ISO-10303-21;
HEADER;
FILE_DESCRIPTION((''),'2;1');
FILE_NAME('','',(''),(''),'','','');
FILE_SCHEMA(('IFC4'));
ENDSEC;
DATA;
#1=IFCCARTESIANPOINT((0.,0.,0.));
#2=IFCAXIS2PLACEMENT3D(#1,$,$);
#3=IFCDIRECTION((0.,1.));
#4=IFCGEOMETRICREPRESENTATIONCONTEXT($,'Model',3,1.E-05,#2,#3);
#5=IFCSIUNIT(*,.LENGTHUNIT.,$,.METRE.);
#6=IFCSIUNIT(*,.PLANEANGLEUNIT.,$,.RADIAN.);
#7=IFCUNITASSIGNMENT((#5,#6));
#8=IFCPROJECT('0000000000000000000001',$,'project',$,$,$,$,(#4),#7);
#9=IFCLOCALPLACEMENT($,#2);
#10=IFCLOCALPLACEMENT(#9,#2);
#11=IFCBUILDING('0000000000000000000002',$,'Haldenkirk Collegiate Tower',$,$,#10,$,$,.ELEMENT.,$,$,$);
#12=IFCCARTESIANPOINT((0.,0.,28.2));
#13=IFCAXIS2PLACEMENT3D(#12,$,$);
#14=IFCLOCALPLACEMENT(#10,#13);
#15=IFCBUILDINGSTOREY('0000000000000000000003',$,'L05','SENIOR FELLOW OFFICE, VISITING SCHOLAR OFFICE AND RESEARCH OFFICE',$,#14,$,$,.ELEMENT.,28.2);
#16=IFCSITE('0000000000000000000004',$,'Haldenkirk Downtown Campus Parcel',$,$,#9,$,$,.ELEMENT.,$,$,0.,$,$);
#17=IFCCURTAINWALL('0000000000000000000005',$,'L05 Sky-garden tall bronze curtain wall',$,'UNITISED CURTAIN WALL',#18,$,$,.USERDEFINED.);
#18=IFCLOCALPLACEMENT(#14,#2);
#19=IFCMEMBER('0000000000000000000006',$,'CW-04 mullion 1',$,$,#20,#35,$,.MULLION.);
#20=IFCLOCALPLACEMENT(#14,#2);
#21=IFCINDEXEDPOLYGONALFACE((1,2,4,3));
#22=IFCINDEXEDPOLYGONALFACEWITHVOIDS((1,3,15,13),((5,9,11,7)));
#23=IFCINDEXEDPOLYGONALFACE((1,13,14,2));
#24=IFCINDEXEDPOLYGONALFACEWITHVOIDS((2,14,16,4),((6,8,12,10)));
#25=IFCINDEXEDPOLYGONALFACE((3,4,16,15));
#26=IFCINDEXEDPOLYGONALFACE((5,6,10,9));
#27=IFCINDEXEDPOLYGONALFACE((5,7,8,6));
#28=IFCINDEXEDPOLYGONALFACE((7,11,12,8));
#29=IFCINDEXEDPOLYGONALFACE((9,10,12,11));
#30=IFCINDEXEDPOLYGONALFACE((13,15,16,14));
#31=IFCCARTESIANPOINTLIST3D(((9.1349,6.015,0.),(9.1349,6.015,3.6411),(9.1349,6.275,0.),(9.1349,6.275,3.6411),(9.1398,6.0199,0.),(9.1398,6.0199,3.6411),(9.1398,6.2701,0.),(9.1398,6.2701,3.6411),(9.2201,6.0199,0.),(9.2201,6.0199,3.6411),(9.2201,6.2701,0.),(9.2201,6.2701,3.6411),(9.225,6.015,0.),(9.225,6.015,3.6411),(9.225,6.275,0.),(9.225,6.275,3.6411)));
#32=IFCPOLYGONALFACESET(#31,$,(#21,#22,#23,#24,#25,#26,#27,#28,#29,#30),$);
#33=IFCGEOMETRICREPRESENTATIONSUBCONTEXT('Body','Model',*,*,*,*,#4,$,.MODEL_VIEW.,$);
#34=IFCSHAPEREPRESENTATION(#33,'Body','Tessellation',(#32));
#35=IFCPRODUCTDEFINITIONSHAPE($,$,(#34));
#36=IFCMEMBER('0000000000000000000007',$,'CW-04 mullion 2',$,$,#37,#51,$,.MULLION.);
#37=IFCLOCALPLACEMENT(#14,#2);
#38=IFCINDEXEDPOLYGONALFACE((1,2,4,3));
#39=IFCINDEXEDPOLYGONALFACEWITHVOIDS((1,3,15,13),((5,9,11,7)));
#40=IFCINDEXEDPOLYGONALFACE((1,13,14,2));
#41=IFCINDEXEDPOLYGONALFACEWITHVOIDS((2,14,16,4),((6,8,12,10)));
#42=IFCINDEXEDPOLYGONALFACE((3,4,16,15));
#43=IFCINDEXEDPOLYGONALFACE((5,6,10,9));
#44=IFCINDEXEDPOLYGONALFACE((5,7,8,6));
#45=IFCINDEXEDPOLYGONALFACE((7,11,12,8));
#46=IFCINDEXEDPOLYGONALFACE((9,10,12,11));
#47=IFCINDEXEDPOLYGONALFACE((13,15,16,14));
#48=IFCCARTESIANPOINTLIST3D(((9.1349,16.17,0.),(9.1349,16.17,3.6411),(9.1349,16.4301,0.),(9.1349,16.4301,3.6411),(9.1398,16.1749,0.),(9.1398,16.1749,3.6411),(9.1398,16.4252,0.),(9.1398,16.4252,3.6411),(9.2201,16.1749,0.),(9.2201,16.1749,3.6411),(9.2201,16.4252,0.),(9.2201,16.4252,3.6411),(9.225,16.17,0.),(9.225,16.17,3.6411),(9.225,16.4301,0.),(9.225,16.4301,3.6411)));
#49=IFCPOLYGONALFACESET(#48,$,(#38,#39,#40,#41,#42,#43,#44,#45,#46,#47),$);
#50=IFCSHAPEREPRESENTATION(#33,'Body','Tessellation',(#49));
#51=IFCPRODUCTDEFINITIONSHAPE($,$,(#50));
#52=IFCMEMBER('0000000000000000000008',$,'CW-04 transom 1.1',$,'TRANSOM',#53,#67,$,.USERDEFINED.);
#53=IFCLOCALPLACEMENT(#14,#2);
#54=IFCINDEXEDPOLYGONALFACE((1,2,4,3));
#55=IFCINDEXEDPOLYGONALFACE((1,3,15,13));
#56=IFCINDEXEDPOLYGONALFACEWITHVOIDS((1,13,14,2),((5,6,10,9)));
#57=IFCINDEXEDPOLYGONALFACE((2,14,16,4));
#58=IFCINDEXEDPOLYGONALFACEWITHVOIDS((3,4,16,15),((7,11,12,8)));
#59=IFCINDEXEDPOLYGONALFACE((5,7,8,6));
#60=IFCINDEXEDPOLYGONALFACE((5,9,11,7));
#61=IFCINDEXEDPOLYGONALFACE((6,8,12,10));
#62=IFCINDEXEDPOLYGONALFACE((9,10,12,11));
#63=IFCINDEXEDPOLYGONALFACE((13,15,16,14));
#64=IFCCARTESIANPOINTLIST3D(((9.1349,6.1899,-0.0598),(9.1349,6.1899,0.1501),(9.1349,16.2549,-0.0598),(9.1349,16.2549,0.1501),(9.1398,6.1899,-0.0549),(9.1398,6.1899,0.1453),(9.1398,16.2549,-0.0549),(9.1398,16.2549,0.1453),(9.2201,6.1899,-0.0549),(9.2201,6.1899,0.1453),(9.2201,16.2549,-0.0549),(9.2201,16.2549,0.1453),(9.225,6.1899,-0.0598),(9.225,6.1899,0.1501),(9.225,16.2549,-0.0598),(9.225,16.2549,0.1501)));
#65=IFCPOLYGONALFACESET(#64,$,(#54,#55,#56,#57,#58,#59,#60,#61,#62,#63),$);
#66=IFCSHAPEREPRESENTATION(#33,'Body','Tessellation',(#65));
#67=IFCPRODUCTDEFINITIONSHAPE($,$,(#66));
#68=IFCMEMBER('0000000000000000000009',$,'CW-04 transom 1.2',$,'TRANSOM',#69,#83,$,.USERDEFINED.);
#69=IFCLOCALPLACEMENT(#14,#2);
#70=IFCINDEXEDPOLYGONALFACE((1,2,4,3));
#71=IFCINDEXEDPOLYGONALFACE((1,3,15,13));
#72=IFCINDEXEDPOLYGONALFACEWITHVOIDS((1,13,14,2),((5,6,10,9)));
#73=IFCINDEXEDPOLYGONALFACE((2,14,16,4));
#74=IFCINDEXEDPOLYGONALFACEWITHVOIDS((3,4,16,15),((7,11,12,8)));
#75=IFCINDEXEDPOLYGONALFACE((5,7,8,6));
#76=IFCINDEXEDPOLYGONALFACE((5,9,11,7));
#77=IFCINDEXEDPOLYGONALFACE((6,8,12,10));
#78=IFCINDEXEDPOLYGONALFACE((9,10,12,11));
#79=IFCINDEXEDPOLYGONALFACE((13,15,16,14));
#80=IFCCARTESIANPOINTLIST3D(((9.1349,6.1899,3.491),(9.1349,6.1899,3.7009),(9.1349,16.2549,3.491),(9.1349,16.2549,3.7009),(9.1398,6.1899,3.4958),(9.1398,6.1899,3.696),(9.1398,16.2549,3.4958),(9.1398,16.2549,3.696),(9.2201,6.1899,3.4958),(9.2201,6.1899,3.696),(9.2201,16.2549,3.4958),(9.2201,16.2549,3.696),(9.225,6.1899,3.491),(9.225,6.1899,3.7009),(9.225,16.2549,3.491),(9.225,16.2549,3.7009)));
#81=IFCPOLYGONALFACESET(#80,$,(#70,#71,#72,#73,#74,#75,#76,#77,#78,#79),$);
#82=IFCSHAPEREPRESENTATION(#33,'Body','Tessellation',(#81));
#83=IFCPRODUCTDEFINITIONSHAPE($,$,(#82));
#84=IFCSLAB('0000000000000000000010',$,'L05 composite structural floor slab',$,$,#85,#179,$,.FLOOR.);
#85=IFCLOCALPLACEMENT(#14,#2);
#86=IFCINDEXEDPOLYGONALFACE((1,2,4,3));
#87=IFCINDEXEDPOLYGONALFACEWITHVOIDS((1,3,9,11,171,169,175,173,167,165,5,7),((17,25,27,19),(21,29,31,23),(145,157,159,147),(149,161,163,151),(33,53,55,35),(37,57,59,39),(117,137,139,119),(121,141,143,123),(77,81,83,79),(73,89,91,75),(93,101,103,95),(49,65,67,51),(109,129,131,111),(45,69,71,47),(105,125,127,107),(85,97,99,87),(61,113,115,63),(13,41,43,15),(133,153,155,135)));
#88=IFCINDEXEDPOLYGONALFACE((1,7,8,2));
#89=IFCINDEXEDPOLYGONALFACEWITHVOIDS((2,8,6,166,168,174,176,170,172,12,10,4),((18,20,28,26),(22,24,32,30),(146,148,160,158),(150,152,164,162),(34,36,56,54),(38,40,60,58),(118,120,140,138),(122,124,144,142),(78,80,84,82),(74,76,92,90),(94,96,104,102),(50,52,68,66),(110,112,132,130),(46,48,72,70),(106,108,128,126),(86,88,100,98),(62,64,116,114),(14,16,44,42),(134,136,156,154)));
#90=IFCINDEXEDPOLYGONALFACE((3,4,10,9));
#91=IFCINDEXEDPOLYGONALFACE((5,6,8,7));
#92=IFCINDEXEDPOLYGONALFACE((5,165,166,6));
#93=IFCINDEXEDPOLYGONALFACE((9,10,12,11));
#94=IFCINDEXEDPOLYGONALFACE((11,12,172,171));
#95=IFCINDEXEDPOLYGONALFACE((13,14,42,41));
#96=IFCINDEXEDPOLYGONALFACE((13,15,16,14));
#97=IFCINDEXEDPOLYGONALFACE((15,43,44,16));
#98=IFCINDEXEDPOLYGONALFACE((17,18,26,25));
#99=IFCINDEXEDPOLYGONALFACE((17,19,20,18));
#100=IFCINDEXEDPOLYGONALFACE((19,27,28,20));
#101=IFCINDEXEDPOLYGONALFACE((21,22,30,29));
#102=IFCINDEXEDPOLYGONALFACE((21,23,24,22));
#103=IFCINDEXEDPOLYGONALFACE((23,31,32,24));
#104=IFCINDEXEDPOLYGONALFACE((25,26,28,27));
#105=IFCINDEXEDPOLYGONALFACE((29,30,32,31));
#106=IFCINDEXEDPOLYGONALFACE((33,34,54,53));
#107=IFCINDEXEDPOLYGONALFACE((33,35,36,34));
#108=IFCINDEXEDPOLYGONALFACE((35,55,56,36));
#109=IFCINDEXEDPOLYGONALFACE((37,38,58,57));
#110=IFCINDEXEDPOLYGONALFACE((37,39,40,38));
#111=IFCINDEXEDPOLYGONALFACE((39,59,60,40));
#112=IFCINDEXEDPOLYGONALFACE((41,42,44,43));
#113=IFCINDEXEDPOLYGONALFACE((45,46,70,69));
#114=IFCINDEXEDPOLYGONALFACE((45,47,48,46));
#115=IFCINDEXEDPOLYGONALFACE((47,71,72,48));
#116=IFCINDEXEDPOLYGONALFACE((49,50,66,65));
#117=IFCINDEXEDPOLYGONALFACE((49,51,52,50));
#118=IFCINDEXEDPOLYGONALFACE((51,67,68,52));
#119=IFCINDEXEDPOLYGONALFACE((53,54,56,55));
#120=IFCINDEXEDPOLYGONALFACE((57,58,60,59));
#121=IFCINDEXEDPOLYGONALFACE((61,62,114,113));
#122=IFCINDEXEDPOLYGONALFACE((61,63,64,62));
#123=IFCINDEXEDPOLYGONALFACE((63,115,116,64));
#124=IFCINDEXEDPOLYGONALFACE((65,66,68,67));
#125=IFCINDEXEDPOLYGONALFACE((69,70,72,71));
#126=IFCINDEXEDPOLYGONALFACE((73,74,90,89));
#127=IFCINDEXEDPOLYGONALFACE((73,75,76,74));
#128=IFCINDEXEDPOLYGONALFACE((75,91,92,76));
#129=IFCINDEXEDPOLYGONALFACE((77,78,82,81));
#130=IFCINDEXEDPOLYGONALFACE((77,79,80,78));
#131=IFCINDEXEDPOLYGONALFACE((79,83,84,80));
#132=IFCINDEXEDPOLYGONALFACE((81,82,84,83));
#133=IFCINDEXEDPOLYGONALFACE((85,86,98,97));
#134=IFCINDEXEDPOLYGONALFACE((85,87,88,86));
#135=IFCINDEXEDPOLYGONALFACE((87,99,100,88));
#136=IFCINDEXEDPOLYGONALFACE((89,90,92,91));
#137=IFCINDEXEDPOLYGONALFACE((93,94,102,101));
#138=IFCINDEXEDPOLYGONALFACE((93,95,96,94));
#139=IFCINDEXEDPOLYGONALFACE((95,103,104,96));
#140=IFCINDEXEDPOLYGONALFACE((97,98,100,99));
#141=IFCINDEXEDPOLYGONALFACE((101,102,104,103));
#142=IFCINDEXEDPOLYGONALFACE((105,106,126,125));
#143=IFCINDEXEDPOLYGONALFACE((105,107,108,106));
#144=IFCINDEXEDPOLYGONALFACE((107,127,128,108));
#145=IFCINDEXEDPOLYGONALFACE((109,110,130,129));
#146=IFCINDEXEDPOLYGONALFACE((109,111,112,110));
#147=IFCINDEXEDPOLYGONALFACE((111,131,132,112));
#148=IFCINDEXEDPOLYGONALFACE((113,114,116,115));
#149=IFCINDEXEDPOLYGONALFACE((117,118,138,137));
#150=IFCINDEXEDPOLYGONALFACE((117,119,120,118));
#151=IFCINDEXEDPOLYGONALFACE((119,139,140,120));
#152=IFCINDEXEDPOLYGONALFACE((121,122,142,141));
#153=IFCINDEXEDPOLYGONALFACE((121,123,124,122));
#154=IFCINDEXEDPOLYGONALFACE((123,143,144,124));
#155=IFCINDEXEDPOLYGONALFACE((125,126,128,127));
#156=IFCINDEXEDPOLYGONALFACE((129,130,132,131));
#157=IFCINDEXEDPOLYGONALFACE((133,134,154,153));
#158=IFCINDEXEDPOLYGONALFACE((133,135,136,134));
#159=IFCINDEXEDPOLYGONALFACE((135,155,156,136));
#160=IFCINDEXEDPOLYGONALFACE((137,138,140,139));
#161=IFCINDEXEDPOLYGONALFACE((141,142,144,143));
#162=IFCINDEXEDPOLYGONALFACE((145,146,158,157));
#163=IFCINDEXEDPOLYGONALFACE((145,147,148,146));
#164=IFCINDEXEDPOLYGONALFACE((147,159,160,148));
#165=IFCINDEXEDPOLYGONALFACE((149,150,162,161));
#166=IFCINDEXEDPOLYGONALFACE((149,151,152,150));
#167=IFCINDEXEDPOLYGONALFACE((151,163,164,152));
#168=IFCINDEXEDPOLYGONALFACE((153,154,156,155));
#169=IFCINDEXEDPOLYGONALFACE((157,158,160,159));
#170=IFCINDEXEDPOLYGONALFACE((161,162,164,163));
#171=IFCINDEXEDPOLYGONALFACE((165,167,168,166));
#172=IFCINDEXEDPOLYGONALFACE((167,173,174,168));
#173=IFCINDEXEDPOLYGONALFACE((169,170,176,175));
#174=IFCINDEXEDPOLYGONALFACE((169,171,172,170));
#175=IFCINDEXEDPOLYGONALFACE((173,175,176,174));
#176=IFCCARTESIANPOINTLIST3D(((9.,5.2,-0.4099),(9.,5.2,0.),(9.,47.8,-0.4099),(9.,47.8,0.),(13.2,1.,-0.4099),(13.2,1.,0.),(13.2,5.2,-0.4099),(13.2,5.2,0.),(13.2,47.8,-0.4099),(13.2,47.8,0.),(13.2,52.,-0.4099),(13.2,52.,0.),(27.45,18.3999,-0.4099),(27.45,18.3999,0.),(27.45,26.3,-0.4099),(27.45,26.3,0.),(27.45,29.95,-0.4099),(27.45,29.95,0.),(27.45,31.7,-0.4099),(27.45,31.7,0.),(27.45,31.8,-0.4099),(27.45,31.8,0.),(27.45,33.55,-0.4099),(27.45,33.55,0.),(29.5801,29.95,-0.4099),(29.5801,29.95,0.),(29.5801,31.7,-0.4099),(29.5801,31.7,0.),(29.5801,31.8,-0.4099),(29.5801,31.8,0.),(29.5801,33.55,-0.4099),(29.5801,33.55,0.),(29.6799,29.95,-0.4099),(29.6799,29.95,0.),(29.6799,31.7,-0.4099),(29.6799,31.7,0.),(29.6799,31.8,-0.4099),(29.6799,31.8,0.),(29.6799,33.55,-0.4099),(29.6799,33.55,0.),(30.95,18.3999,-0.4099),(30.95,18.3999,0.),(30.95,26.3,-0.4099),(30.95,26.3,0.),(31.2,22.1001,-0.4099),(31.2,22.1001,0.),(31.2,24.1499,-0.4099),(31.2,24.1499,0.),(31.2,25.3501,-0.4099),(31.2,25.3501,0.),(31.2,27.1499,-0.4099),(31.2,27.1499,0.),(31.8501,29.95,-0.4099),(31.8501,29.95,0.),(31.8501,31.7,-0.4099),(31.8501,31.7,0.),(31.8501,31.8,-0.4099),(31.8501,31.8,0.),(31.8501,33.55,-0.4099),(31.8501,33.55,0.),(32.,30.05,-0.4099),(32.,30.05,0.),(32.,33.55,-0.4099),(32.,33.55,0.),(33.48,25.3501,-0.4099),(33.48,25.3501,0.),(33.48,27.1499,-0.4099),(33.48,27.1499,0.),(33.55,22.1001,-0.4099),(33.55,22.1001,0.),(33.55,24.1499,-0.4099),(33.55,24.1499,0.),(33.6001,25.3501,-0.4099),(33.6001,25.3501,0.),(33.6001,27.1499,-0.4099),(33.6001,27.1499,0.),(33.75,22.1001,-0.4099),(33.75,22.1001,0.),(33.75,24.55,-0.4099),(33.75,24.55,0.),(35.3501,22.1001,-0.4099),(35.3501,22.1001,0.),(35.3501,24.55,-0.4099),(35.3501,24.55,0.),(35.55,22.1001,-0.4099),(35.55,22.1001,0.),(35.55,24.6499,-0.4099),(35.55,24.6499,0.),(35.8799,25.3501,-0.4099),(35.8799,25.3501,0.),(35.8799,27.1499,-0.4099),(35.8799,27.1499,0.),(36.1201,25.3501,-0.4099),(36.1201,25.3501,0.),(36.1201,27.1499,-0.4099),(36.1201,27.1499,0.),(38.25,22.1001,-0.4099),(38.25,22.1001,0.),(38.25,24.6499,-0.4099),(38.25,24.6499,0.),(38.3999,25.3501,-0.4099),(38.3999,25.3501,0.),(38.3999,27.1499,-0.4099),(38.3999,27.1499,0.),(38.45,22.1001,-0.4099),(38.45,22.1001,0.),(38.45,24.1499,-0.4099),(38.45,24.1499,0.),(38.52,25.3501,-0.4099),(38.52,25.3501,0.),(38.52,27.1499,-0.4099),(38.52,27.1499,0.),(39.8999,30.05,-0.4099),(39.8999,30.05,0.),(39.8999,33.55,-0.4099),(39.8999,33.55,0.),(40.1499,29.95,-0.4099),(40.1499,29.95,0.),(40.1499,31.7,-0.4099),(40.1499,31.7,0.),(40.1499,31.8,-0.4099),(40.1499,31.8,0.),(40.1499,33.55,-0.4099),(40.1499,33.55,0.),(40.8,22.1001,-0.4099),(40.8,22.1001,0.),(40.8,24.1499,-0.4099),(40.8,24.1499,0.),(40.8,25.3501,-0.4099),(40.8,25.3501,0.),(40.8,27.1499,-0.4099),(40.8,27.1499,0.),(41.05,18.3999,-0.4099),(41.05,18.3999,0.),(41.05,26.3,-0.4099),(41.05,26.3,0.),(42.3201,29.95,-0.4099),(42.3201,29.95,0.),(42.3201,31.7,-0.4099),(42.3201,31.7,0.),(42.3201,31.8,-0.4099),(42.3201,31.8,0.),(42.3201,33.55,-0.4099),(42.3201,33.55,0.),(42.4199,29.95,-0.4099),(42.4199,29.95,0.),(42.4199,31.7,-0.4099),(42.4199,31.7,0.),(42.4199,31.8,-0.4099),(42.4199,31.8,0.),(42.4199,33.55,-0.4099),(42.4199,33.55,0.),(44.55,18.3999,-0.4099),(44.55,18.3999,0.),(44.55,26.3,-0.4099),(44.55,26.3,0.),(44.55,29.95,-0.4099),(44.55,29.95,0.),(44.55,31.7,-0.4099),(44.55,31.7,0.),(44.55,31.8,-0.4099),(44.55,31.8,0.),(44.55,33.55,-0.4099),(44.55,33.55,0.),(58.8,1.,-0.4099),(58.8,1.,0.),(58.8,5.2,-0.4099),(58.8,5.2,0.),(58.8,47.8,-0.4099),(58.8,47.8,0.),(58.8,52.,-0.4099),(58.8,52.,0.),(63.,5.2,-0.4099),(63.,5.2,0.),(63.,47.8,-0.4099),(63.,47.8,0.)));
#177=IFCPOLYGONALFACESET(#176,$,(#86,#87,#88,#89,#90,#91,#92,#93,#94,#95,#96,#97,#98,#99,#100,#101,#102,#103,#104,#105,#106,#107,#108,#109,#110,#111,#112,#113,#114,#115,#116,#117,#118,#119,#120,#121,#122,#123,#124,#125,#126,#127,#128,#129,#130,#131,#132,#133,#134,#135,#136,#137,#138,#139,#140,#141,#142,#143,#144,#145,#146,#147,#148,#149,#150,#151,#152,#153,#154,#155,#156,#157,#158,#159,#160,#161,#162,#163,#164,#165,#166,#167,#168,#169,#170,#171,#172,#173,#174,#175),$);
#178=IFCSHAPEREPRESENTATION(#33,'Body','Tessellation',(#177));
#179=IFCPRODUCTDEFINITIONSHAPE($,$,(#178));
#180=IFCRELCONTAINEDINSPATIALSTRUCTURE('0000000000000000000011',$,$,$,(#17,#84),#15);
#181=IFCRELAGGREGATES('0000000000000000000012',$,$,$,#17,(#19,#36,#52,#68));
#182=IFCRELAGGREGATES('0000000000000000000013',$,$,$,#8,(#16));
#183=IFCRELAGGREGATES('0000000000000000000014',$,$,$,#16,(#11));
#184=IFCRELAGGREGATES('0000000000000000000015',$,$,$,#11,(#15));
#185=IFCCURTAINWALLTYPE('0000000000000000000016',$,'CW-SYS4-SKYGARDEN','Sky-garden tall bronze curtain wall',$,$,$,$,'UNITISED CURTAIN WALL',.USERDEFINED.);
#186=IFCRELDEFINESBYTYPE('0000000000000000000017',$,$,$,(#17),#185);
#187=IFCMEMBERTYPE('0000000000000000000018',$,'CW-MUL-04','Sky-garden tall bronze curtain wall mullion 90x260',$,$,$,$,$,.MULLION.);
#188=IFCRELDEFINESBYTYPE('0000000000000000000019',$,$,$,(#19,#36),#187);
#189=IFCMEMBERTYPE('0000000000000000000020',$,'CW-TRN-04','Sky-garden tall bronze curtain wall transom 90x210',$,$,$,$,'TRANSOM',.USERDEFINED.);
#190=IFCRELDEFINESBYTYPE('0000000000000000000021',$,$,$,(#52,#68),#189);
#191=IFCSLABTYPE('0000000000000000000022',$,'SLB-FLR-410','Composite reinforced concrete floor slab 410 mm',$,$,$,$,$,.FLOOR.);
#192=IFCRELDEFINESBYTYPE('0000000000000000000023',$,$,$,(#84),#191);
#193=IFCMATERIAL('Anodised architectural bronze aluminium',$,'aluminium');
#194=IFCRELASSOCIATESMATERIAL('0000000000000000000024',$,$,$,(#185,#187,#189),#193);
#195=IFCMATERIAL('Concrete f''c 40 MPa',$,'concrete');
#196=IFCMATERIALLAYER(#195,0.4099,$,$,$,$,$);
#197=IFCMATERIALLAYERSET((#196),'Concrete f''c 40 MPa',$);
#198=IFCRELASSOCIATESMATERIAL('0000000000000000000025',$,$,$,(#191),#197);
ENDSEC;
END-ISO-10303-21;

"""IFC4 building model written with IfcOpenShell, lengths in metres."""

from ifc_helpers import new_model, si_unit, direction, frame, origin, origin_2d, place, context, subcontext, project, spatial, polyline, hollow_rectangle, outline, extrude, material, layer, layer_set, material_profile, profile_set, type_object, element, aggregate, save


model = new_model("IFC4")

# Units and contexts
model_context = context("Model", 3, precision=1e-05, world=origin(), true_north=direction((0.0, 1.0)))
body_context = subcontext(model_context, "Body", "Model", "MODEL_VIEW")
ifc_project = project(units=[si_unit("LENGTHUNIT", "METRE"), si_unit("PLANEANGLEUNIT", "RADIAN")], contexts=[model_context])

# Site, building, storey
site_placement = place(None, origin())
site = spatial("IfcSite", under=ifc_project, at=site_placement, Name="Haldenkirk Downtown Campus Parcel", CompositionType="ELEMENT", RefElevation=0.0)
building_placement = place(site_placement, origin())
building = spatial("IfcBuilding", under=site, at=building_placement, Name="Haldenkirk Collegiate Tower", CompositionType="ELEMENT")
storey_placement = place(building_placement, frame((0.0, 0.0, 28.2)))
storey = spatial("IfcBuildingStorey", under=building, at=storey_placement, Name="L05", Description="SENIOR FELLOW OFFICE, VISITING SCHOLAR OFFICE AND RESEARCH OFFICE", CompositionType="ELEMENT", Elevation=28.2)

# Curtain wall, members
ifc_material_1 = material(Name="Anodised architectural bronze aluminium", Category="aluminium")
curtain_wall_type = type_object("IfcCurtainWallType", Name="CW-SYS4-SKYGARDEN", Description="Sky-garden tall bronze curtain wall", ElementType="UNITISED CURTAIN WALL", PredefinedType="USERDEFINED", material=ifc_material_1)
curtain_wall_placement = place(storey_placement, origin())
curtain_wall = element("IfcCurtainWall", 1, at=curtain_wall_placement, inside=storey, type_object=curtain_wall_type, Name="L05 Sky-garden tall bronze curtain wall", ObjectType="UNITISED CURTAIN WALL", PredefinedType="USERDEFINED")
ifc_material_profile_1 = material_profile(ifc_material_1, hollow_rectangle(XDim=0.0901, YDim=0.26, WallThickness=0.0049, at=origin_2d()), Name="CW-MUL-04")
ifc_profile_set_1 = profile_set([ifc_material_profile_1], Name="Anodised architectural bronze aluminium")
member_type_1 = type_object("IfcMemberType", Name="CW-MUL-04", Description="Sky-garden tall bronze curtain wall mullion 90x260", PredefinedType="MULLION", material=ifc_profile_set_1)
member_1_placement = place(storey_placement, frame((9.1799, 6.145, 0.0), z_axis=(0.0, 0.0, 1.0), x_axis=(-1.0, 0.0, 0.0)))
member_1 = element("IfcMember", 2, at=member_1_placement, type_object=member_type_1, Name="CW-04 mullion 1", PredefinedType="MULLION", context=body_context, shape_type="SweptSolid", body=[
    extrude(hollow_rectangle(XDim=0.0901, YDim=0.26, WallThickness=0.0049, at=origin_2d()), origin(), (0.0, 0.0, 1.0), 3.6411),
])
member_2_placement = place(storey_placement, frame((9.1799, 16.3, 0.0), z_axis=(0.0, 0.0, 1.0), x_axis=(-1.0, 0.0, 0.0)))
member_2 = element("IfcMember", 3, at=member_2_placement, type_object=member_type_1, Name="CW-04 mullion 2", PredefinedType="MULLION", context=body_context, shape_type="SweptSolid", body=[
    extrude(hollow_rectangle(XDim=0.0901, YDim=0.26, WallThickness=0.0049, at=origin_2d()), origin(), (0.0, 0.0, 1.0), 3.6411),
])
ifc_material_profile_2 = material_profile(ifc_material_1, hollow_rectangle(XDim=0.0901, YDim=0.21, WallThickness=0.0049, at=origin_2d()), Name="CW-TRN-04")
ifc_profile_set_2 = profile_set([ifc_material_profile_2], Name="Anodised architectural bronze aluminium")
member_type_2 = type_object("IfcMemberType", Name="CW-TRN-04", Description="Sky-garden tall bronze curtain wall transom 90x210", ElementType="TRANSOM", PredefinedType="USERDEFINED", material=ifc_profile_set_2)
member_3_placement = place(storey_placement, frame((9.1799, 6.1899, 0.0452), z_axis=(0.0, 1.0, 0.0), x_axis=(-1.0, 0.0, 0.0)))
member_3 = element("IfcMember", 4, at=member_3_placement, type_object=member_type_2, Name="CW-04 transom 1.1", ObjectType="TRANSOM", PredefinedType="USERDEFINED", context=body_context, shape_type="SweptSolid", body=[
    extrude(hollow_rectangle(XDim=0.0901, YDim=0.21, WallThickness=0.0049, at=origin_2d()), origin(), (0.0, 0.0, 1.0), 10.0649),
])
member_4_placement = place(storey_placement, frame((9.1799, 6.1899, 3.5959), z_axis=(0.0, 1.0, 0.0), x_axis=(-1.0, 0.0, 0.0)))
member_4 = element("IfcMember", 5, at=member_4_placement, type_object=member_type_2, Name="CW-04 transom 1.2", ObjectType="TRANSOM", PredefinedType="USERDEFINED", context=body_context, shape_type="SweptSolid", body=[
    extrude(hollow_rectangle(XDim=0.0901, YDim=0.21, WallThickness=0.0049, at=origin_2d()), origin(), (0.0, 0.0, 1.0), 10.0649),
])

# Slab
ifc_material_2 = material(Name="Concrete f'c 40 MPa", Category="concrete")
ifc_layer_1 = layer(ifc_material_2, 0.4099)
ifc_layer_set_1 = layer_set([ifc_layer_1], Name="Concrete f'c 40 MPa")
slab_type_1 = type_object("IfcSlabType", Name="SLB-FLR-410", Description="Composite reinforced concrete floor slab 410 mm", PredefinedType="FLOOR", material=ifc_layer_set_1)
slab_1_placement = place(storey_placement, frame((0.0, 0.0, -0.4099)))
element("IfcSlab", 6, at=slab_1_placement, inside=storey, type_object=slab_type_1, Name="L05 composite structural floor slab", PredefinedType="FLOOR", context=body_context, shape_type="SweptSolid", body=[
    extrude(outline(polyline([(13.2, 1.0), (58.8, 1.0), (58.8, 5.2), (63.0, 5.2), (63.0, 47.8), (58.8, 47.8), (58.8, 52.0), (13.2, 52.0), (13.2, 47.8), (9.0, 47.8), (9.0, 5.2), (13.2, 5.2), (13.2, 1.0)]), holes=[polyline([(27.45, 18.3999), (30.95, 18.3999), (30.95, 26.3), (27.45, 26.3), (27.45, 18.3999)]), polyline([(41.05, 18.3999), (44.55, 18.3999), (44.55, 26.3), (41.05, 26.3), (41.05, 18.3999)]), polyline([(32.0, 30.05), (39.8999, 30.05), (39.8999, 33.55), (32.0, 33.55), (32.0, 30.05)]), polyline([(33.75, 22.1001), (35.3501, 22.1001), (35.3501, 24.55), (33.75, 24.55), (33.75, 22.1001)]), polyline([(27.45, 29.95), (29.5801, 29.95), (29.5801, 31.7), (27.45, 31.7), (27.45, 29.95)]), polyline([(29.6799, 29.95), (31.8501, 29.95), (31.8501, 31.7), (29.6799, 31.7), (29.6799, 29.95)]), polyline([(27.45, 31.8), (29.5801, 31.8), (29.5801, 33.55), (27.45, 33.55), (27.45, 31.8)]), polyline([(29.6799, 31.8), (31.8501, 31.8), (31.8501, 33.55), (29.6799, 33.55), (29.6799, 31.8)]), polyline([(40.1499, 29.95), (42.3201, 29.95), (42.3201, 31.7), (40.1499, 31.7), (40.1499, 29.95)]), polyline([(42.4199, 29.95), (44.55, 29.95), (44.55, 31.7), (42.4199, 31.7), (42.4199, 29.95)]), polyline([(40.1499, 31.8), (42.3201, 31.8), (42.3201, 33.55), (40.1499, 33.55), (40.1499, 31.8)]), polyline([(42.4199, 31.8), (44.55, 31.8), (44.55, 33.55), (42.4199, 33.55), (42.4199, 31.8)]), polyline([(31.2, 25.3501), (33.48, 25.3501), (33.48, 27.1499), (31.2, 27.1499), (31.2, 25.3501)]), polyline([(33.6001, 25.3501), (35.8799, 25.3501), (35.8799, 27.1499), (33.6001, 27.1499), (33.6001, 25.3501)]), polyline([(36.1201, 25.3501), (38.3999, 25.3501), (38.3999, 27.1499), (36.1201, 27.1499), (36.1201, 25.3501)]), polyline([(38.52, 25.3501), (40.8, 25.3501), (40.8, 27.1499), (38.52, 27.1499), (38.52, 25.3501)]), polyline([(31.2, 22.1001), (33.55, 22.1001), (33.55, 24.1499), (31.2, 24.1499), (31.2, 22.1001)]), polyline([(38.45, 22.1001), (40.8, 22.1001), (40.8, 24.1499), (38.45, 24.1499), (38.45, 22.1001)]), polyline([(35.55, 22.1001), (38.25, 22.1001), (38.25, 24.6499), (35.55, 24.6499), (35.55, 22.1001)])]), origin(), (0.0, 0.0, 1.0), 0.4099),
])

aggregate(curtain_wall, [member_1, member_2, member_3, member_4])

save(model, "model.ifc")
